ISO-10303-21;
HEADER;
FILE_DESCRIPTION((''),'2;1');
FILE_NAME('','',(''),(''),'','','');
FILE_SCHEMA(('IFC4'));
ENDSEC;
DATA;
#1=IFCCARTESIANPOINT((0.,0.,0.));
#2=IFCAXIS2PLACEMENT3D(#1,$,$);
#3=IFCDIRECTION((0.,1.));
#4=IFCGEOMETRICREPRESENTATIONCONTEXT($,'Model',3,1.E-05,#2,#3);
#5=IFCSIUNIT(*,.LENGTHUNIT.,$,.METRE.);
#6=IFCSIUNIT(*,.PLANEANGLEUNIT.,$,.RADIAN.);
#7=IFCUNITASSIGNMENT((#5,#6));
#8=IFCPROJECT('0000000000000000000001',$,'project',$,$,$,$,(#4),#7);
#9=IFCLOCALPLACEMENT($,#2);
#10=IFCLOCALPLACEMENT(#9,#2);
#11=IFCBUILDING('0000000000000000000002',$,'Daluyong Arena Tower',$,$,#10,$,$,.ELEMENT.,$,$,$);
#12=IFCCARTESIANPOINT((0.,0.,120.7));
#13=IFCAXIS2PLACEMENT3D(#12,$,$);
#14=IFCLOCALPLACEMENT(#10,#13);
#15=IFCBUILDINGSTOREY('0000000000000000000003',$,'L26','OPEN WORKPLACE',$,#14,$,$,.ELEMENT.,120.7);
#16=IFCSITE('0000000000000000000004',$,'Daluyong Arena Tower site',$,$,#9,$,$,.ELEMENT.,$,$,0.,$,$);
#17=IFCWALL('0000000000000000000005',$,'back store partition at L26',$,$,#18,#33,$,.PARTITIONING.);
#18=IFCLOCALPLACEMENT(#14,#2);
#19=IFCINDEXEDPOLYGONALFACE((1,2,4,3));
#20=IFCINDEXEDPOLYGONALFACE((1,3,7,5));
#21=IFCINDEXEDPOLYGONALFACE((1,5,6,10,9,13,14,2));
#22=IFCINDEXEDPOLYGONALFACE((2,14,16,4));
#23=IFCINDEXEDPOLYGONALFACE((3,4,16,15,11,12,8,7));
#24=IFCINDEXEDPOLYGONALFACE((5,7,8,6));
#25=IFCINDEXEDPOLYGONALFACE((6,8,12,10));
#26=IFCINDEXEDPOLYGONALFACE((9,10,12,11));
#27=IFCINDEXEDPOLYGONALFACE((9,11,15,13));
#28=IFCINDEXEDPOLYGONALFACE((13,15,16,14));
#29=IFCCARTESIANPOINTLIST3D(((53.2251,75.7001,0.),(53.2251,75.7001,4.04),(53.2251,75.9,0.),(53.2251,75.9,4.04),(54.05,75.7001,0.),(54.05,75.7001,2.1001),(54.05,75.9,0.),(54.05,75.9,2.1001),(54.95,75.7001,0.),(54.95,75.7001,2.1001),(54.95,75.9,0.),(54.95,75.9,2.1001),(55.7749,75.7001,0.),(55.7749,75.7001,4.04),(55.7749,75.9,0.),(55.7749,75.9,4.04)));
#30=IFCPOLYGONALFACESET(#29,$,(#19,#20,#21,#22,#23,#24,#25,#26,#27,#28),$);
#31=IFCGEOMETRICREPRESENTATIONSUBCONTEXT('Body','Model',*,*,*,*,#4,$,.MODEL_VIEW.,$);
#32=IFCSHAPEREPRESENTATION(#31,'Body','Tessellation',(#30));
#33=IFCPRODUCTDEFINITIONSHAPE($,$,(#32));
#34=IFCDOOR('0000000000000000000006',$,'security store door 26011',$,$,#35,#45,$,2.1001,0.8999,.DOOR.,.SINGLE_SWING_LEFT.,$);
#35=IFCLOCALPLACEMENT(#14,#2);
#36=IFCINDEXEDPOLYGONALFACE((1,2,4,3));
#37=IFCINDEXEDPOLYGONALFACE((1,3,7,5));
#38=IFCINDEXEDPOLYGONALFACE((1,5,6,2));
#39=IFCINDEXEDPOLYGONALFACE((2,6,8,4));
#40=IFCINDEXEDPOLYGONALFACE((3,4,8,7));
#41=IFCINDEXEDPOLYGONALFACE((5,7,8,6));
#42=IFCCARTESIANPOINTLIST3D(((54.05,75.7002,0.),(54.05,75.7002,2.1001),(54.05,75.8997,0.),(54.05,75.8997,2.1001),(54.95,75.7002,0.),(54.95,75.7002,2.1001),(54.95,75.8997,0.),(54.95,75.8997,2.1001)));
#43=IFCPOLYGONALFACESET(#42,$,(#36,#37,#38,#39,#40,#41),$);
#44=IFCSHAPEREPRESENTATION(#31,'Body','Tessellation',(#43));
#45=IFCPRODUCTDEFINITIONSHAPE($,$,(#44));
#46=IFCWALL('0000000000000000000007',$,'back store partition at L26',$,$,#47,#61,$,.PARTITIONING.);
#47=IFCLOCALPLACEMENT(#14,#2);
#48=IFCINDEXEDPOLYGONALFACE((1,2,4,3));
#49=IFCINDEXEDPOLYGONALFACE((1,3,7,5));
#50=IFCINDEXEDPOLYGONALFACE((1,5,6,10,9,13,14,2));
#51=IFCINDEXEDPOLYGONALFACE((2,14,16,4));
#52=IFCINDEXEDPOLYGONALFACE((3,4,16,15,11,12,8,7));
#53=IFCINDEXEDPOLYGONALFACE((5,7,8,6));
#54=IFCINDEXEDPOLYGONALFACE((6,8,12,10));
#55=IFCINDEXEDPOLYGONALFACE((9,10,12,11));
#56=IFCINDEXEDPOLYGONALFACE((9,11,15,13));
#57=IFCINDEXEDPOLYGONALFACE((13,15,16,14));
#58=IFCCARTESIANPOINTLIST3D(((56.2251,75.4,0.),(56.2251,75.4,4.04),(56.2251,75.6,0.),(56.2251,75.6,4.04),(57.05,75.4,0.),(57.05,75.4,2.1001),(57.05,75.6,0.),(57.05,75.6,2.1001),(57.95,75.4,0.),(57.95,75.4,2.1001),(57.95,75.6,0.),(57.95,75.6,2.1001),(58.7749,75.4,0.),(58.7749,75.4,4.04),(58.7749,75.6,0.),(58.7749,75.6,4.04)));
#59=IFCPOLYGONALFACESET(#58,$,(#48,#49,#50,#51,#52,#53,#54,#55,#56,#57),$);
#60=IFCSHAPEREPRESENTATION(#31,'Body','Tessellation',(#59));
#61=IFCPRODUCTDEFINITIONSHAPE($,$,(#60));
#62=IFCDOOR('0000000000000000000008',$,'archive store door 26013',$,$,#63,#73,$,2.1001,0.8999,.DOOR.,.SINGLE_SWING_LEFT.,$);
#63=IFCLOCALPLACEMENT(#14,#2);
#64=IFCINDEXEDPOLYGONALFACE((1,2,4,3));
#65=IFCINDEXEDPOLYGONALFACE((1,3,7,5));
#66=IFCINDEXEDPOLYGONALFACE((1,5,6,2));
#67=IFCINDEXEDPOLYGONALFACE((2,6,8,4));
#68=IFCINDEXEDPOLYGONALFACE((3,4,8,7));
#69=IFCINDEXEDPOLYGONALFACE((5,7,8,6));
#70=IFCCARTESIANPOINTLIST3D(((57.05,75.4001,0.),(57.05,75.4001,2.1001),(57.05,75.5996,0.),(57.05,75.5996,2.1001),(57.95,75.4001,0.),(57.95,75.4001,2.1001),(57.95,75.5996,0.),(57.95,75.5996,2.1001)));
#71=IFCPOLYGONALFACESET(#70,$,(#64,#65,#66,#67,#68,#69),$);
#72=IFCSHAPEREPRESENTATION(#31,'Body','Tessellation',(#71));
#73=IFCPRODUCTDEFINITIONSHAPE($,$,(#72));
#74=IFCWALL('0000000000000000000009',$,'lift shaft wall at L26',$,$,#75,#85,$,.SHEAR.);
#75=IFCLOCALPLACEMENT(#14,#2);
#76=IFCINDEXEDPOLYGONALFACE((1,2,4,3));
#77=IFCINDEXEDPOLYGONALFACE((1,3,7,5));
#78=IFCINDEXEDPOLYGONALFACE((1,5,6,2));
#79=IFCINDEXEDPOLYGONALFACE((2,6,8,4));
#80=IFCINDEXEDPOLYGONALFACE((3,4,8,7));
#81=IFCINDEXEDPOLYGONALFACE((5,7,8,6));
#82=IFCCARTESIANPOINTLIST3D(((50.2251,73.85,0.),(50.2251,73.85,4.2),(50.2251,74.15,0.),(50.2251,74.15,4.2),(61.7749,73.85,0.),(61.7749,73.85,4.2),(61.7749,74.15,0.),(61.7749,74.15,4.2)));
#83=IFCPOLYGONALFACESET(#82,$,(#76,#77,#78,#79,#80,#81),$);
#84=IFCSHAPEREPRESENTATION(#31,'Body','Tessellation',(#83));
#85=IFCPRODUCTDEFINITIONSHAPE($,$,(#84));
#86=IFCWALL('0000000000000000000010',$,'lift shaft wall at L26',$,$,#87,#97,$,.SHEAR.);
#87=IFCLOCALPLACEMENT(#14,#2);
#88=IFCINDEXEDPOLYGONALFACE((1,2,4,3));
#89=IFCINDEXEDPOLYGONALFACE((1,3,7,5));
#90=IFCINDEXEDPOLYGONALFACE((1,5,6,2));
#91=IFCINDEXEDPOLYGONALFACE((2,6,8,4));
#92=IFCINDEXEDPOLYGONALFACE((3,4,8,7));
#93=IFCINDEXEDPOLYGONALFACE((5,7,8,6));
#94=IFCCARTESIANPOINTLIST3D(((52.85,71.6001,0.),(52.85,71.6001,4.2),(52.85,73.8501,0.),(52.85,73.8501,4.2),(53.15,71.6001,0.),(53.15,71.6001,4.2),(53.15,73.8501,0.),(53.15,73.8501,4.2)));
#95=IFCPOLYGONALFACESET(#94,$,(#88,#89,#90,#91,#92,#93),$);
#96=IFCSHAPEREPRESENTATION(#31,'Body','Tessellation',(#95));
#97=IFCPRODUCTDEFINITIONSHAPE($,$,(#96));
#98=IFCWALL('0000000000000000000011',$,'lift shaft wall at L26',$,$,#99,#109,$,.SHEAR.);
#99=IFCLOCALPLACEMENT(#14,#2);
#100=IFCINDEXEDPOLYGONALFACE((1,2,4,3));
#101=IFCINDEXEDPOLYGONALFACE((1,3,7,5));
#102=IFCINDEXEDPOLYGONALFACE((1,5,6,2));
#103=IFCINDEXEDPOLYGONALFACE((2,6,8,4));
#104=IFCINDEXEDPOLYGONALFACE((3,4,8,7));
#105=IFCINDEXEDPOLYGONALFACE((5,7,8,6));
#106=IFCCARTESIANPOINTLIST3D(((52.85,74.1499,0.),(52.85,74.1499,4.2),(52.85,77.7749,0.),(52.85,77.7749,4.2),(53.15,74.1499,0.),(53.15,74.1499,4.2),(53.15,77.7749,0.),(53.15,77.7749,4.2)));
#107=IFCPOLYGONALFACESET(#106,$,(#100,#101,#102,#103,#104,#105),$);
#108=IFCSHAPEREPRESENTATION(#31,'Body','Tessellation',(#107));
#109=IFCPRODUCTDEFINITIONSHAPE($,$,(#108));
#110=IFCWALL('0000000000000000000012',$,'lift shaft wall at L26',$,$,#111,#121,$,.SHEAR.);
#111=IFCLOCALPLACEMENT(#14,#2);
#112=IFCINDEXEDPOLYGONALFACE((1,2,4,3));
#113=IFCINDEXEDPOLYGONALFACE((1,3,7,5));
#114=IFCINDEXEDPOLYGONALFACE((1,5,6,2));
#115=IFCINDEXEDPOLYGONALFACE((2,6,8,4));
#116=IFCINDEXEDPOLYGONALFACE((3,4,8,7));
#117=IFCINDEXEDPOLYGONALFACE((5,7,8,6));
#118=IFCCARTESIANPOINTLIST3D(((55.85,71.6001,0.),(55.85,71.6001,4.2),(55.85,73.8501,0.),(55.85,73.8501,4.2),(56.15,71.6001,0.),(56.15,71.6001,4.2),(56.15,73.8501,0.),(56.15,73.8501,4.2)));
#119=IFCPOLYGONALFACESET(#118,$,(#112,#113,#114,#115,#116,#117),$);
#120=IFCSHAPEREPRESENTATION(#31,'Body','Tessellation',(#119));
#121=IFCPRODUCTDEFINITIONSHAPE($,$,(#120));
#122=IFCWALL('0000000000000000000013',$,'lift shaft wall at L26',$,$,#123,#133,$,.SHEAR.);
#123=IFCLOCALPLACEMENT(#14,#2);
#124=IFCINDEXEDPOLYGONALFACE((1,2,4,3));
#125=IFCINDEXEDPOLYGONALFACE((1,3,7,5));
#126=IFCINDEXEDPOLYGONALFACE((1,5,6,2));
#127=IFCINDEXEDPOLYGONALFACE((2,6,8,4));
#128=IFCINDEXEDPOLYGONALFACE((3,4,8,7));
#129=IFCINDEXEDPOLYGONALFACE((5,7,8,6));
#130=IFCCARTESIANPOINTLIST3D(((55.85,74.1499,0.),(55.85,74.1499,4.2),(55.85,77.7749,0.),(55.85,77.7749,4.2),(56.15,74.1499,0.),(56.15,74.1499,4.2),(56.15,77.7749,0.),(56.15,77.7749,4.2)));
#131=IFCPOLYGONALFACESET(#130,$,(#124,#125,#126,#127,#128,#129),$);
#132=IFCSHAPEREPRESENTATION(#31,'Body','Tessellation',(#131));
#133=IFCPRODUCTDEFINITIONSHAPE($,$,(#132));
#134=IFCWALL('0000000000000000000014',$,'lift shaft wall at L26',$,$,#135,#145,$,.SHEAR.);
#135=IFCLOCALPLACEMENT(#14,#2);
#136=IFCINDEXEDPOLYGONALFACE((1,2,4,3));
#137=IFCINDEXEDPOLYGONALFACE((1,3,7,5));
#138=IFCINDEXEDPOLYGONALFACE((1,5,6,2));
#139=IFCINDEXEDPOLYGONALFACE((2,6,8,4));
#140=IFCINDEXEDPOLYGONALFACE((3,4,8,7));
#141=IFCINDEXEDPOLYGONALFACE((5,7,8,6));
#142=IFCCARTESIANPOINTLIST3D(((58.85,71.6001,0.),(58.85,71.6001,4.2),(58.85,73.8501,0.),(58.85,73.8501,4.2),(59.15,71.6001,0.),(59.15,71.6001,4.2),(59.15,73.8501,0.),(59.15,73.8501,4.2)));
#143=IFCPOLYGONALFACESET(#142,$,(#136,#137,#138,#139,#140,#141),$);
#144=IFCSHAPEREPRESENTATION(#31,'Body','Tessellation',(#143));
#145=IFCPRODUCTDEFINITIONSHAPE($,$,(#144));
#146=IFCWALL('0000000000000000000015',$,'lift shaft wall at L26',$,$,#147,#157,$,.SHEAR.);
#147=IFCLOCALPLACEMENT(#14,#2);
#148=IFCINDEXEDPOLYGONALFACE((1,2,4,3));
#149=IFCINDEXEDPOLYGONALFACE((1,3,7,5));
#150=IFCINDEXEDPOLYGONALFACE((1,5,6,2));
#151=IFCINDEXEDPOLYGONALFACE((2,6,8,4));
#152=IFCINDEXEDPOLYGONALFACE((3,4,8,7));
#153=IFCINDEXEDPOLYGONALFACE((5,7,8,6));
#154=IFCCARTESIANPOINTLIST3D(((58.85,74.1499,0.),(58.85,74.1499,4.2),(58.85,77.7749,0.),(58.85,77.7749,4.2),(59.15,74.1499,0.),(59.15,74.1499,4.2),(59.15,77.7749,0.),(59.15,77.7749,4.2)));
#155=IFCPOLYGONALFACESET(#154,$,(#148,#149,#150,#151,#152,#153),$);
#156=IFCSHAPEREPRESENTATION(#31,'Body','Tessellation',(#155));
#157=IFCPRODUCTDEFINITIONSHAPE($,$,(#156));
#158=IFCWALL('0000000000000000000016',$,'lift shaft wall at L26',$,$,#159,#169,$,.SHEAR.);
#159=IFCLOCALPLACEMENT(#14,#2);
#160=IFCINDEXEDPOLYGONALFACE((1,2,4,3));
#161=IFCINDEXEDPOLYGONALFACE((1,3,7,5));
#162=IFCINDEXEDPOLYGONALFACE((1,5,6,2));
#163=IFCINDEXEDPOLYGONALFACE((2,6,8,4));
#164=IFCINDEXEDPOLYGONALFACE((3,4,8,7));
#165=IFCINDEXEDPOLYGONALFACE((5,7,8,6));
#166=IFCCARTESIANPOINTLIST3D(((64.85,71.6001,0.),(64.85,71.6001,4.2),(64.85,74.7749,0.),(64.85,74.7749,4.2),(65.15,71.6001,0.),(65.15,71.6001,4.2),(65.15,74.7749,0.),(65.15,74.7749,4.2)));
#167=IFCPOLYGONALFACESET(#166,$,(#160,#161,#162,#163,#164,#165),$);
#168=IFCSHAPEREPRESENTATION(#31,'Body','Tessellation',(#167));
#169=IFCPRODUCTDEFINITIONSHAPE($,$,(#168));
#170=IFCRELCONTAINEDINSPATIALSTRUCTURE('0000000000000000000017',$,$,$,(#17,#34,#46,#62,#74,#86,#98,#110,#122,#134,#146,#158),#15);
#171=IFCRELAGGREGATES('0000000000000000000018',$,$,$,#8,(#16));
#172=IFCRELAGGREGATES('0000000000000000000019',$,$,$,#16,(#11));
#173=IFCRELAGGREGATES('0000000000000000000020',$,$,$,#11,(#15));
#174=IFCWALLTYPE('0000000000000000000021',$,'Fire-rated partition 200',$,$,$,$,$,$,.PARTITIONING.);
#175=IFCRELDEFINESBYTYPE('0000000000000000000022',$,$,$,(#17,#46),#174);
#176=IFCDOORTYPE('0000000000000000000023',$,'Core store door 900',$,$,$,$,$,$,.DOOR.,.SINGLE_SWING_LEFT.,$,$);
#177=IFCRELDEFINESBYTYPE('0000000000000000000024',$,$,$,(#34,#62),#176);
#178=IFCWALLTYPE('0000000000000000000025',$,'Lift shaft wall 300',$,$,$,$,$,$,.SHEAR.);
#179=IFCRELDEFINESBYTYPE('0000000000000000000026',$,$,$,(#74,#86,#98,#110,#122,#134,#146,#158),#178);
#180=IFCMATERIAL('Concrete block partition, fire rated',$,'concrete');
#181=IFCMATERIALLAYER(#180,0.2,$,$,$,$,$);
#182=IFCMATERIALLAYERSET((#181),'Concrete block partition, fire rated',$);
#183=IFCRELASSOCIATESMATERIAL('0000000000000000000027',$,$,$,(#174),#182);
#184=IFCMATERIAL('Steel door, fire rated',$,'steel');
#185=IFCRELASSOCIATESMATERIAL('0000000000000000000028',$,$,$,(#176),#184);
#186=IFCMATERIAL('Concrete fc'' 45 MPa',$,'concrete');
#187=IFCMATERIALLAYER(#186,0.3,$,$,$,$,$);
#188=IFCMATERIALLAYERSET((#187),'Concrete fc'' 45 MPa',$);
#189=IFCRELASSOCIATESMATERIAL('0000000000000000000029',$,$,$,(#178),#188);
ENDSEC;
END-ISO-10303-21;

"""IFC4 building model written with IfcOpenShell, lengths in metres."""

from ifc_helpers import new_model, si_unit, direction, frame, frame_2d, origin, place, context, subcontext, project, spatial, rectangle, extrude, material, layer, layer_set, type_object, element, fill, save


model = new_model("IFC4")

# Units and contexts
model_context = context("Model", 3, precision=1e-05, world=origin(), true_north=direction((0.0, 1.0)))
body_context = subcontext(model_context, "Body", "Model", "MODEL_VIEW")
ifc_project = project(units=[si_unit("LENGTHUNIT", "METRE"), si_unit("PLANEANGLEUNIT", "RADIAN")], contexts=[model_context])

# Site, building, storey
site_placement = place(None, origin())
site = spatial("IfcSite", under=ifc_project, at=site_placement, Name="Daluyong Arena Tower site", CompositionType="ELEMENT", RefElevation=0.0)
building_placement = place(site_placement, origin())
building = spatial("IfcBuilding", under=site, at=building_placement, Name="Daluyong Arena Tower", CompositionType="ELEMENT")
storey_placement = place(building_placement, frame((0.0, 0.0, 120.7)))
storey = spatial("IfcBuildingStorey", under=building, at=storey_placement, Name="L26", Description="OPEN WORKPLACE", CompositionType="ELEMENT", Elevation=120.7)

# Walls, openings, doors
ifc_material_1 = material(Name="Concrete block partition, fire rated", Category="concrete")
ifc_layer_1 = layer(ifc_material_1, 0.2)
ifc_layer_set_1 = layer_set([ifc_layer_1], Name="Concrete block partition, fire rated")
wall_type_1 = type_object("IfcWallType", Name="Fire-rated partition 200", PredefinedType="PARTITIONING", material=ifc_layer_set_1)
ifc_material_2 = material(Name="Steel door, fire rated", Category="steel")
door_type_1 = type_object("IfcDoorType", Name="Core store door 900", OperationType="SINGLE_SWING_LEFT", PredefinedType="DOOR", material=ifc_material_2)
wall_1_placement = place(storey_placement, frame((53.2251, 75.8, 0.0), z_axis=(0.0, 0.0, 1.0), x_axis=(1.0, 0.0, 0.0)))
wall_1 = element("IfcWall", 1, at=wall_1_placement, inside=storey, type_object=wall_type_1, Name="back store partition at L26", PredefinedType="PARTITIONING", context=body_context, shape_type="SweptSolid", body=[
    extrude(rectangle(XDim=2.5498, YDim=0.2, at=frame_2d((1.2749, 0.0))), origin(), (0.0, 0.0, 1.0), 4.04),
])
opening_1_placement = place(wall_1_placement, frame((0.825, 0.0, 0.0)))
opening_1 = element("IfcOpeningElement", 2, at=opening_1_placement, cuts=wall_1, PredefinedType="OPENING", context=body_context, shape_type="SweptSolid", body=[
    extrude(rectangle(XDim=0.8999, YDim=2.1001, at=frame_2d((0.45, 1.05))), frame((0.0, 0.1099, 0.0), z_axis=(0.0, -1.0, 0.0), x_axis=(1.0, 0.0, 0.0)), (0.0, 0.0, 1.0), 0.22),
])
door_1_placement = place(opening_1_placement, origin())
door_1 = element("IfcDoor", 3, at=door_1_placement, inside=storey, type_object=door_type_1, Name="security store door 26011", OperationType="SINGLE_SWING_LEFT", OverallHeight=2.1001, OverallWidth=0.8999, PredefinedType="DOOR", context=body_context, shape_type="SweptSolid", body=[
    extrude(rectangle(XDim=0.8999, YDim=2.1001, at=frame_2d((0.45, 1.05))), frame((0.0, 0.0996, 0.0), z_axis=(0.0, -1.0, 0.0), x_axis=(1.0, 0.0, 0.0)), (0.0, 0.0, 1.0), 0.1995),
])
fill(opening_1, door_1)
wall_2_placement = place(storey_placement, frame((56.2251, 75.5, 0.0), z_axis=(0.0, 0.0, 1.0), x_axis=(1.0, 0.0, 0.0)))
wall_2 = element("IfcWall", 4, at=wall_2_placement, inside=storey, type_object=wall_type_1, Name="back store partition at L26", PredefinedType="PARTITIONING", context=body_context, shape_type="SweptSolid", body=[
    extrude(rectangle(XDim=2.5498, YDim=0.2, at=frame_2d((1.2749, 0.0))), origin(), (0.0, 0.0, 1.0), 4.04),
])
opening_2_placement = place(wall_2_placement, frame((0.825, 0.0, 0.0)))
opening_2 = element("IfcOpeningElement", 5, at=opening_2_placement, cuts=wall_2, PredefinedType="OPENING", context=body_context, shape_type="SweptSolid", body=[
    extrude(rectangle(XDim=0.8999, YDim=2.1001, at=frame_2d((0.45, 1.05))), frame((0.0, 0.1099, 0.0), z_axis=(0.0, -1.0, 0.0), x_axis=(1.0, 0.0, 0.0)), (0.0, 0.0, 1.0), 0.22),
])
door_2_placement = place(opening_2_placement, origin())
door_2 = element("IfcDoor", 6, at=door_2_placement, inside=storey, type_object=door_type_1, Name="archive store door 26013", OperationType="SINGLE_SWING_LEFT", OverallHeight=2.1001, OverallWidth=0.8999, PredefinedType="DOOR", context=body_context, shape_type="SweptSolid", body=[
    extrude(rectangle(XDim=0.8999, YDim=2.1001, at=frame_2d((0.45, 1.05))), frame((0.0, 0.0996, 0.0), z_axis=(0.0, -1.0, 0.0), x_axis=(1.0, 0.0, 0.0)), (0.0, 0.0, 1.0), 0.1995),
])
fill(opening_2, door_2)

# Walls
ifc_material_3 = material(Name="Concrete fc' 45 MPa", Category="concrete")
ifc_layer_2 = layer(ifc_material_3, 0.3)
ifc_layer_set_2 = layer_set([ifc_layer_2], Name="Concrete fc' 45 MPa")
wall_type_2 = type_object("IfcWallType", Name="Lift shaft wall 300", PredefinedType="SHEAR", material=ifc_layer_set_2)
wall_3_placement = place(storey_placement, frame((50.2251, 74.0, 0.0), z_axis=(0.0, 0.0, 1.0), x_axis=(1.0, 0.0, 0.0)))
element("IfcWall", 7, at=wall_3_placement, inside=storey, type_object=wall_type_2, Name="lift shaft wall at L26", PredefinedType="SHEAR", context=body_context, shape_type="SweptSolid", body=[
    extrude(rectangle(XDim=11.5498, YDim=0.3, at=frame_2d((5.7749, 0.0))), origin(), (0.0, 0.0, 1.0), 4.2),
])
wall_4_placement = place(storey_placement, frame((53.0, 71.6001, 0.0), z_axis=(0.0, 0.0, 1.0), x_axis=(0.0, 1.0, 0.0)))
element("IfcWall", 8, at=wall_4_placement, inside=storey, type_object=wall_type_2, Name="lift shaft wall at L26", PredefinedType="SHEAR", context=body_context, shape_type="SweptSolid", body=[
    extrude(rectangle(XDim=2.25, YDim=0.3, at=frame_2d((1.125, 0.0))), origin(), (0.0, 0.0, 1.0), 4.2),
])
wall_5_placement = place(storey_placement, frame((53.0, 74.1499, 0.0), z_axis=(0.0, 0.0, 1.0), x_axis=(0.0, 1.0, 0.0)))
element("IfcWall", 9, at=wall_5_placement, inside=storey, type_object=wall_type_2, Name="lift shaft wall at L26", PredefinedType="SHEAR", context=body_context, shape_type="SweptSolid", body=[
    extrude(rectangle(XDim=3.625, YDim=0.3, at=frame_2d((1.8125, 0.0))), origin(), (0.0, 0.0, 1.0), 4.2),
])
wall_6_placement = place(storey_placement, frame((56.0, 71.6001, 0.0), z_axis=(0.0, 0.0, 1.0), x_axis=(0.0, 1.0, 0.0)))
element("IfcWall", 10, at=wall_6_placement, inside=storey, type_object=wall_type_2, Name="lift shaft wall at L26", PredefinedType="SHEAR", context=body_context, shape_type="SweptSolid", body=[
    extrude(rectangle(XDim=2.25, YDim=0.3, at=frame_2d((1.125, 0.0))), origin(), (0.0, 0.0, 1.0), 4.2),
])
wall_7_placement = place(storey_placement, frame((56.0, 74.1499, 0.0), z_axis=(0.0, 0.0, 1.0), x_axis=(0.0, 1.0, 0.0)))
element("IfcWall", 11, at=wall_7_placement, inside=storey, type_object=wall_type_2, Name="lift shaft wall at L26", PredefinedType="SHEAR", context=body_context, shape_type="SweptSolid", body=[
    extrude(rectangle(XDim=3.625, YDim=0.3, at=frame_2d((1.8125, 0.0))), origin(), (0.0, 0.0, 1.0), 4.2),
])
wall_8_placement = place(storey_placement, frame((59.0, 71.6001, 0.0), z_axis=(0.0, 0.0, 1.0), x_axis=(0.0, 1.0, 0.0)))
element("IfcWall", 12, at=wall_8_placement, inside=storey, type_object=wall_type_2, Name="lift shaft wall at L26", PredefinedType="SHEAR", context=body_context, shape_type="SweptSolid", body=[
    extrude(rectangle(XDim=2.25, YDim=0.3, at=frame_2d((1.125, 0.0))), origin(), (0.0, 0.0, 1.0), 4.2),
])
wall_9_placement = place(storey_placement, frame((59.0, 74.1499, 0.0), z_axis=(0.0, 0.0, 1.0), x_axis=(0.0, 1.0, 0.0)))
element("IfcWall", 13, at=wall_9_placement, inside=storey, type_object=wall_type_2, Name="lift shaft wall at L26", PredefinedType="SHEAR", context=body_context, shape_type="SweptSolid", body=[
    extrude(rectangle(XDim=3.625, YDim=0.3, at=frame_2d((1.8125, 0.0))), origin(), (0.0, 0.0, 1.0), 4.2),
])
wall_10_placement = place(storey_placement, frame((65.0, 71.6001, 0.0), z_axis=(0.0, 0.0, 1.0), x_axis=(0.0, 1.0, 0.0)))
element("IfcWall", 14, at=wall_10_placement, inside=storey, type_object=wall_type_2, Name="lift shaft wall at L26", PredefinedType="SHEAR", context=body_context, shape_type="SweptSolid", body=[
    extrude(rectangle(XDim=3.1748, YDim=0.3, at=frame_2d((1.5874, 0.0))), origin(), (0.0, 0.0, 1.0), 4.2),
])

save(model, "model.ifc")
